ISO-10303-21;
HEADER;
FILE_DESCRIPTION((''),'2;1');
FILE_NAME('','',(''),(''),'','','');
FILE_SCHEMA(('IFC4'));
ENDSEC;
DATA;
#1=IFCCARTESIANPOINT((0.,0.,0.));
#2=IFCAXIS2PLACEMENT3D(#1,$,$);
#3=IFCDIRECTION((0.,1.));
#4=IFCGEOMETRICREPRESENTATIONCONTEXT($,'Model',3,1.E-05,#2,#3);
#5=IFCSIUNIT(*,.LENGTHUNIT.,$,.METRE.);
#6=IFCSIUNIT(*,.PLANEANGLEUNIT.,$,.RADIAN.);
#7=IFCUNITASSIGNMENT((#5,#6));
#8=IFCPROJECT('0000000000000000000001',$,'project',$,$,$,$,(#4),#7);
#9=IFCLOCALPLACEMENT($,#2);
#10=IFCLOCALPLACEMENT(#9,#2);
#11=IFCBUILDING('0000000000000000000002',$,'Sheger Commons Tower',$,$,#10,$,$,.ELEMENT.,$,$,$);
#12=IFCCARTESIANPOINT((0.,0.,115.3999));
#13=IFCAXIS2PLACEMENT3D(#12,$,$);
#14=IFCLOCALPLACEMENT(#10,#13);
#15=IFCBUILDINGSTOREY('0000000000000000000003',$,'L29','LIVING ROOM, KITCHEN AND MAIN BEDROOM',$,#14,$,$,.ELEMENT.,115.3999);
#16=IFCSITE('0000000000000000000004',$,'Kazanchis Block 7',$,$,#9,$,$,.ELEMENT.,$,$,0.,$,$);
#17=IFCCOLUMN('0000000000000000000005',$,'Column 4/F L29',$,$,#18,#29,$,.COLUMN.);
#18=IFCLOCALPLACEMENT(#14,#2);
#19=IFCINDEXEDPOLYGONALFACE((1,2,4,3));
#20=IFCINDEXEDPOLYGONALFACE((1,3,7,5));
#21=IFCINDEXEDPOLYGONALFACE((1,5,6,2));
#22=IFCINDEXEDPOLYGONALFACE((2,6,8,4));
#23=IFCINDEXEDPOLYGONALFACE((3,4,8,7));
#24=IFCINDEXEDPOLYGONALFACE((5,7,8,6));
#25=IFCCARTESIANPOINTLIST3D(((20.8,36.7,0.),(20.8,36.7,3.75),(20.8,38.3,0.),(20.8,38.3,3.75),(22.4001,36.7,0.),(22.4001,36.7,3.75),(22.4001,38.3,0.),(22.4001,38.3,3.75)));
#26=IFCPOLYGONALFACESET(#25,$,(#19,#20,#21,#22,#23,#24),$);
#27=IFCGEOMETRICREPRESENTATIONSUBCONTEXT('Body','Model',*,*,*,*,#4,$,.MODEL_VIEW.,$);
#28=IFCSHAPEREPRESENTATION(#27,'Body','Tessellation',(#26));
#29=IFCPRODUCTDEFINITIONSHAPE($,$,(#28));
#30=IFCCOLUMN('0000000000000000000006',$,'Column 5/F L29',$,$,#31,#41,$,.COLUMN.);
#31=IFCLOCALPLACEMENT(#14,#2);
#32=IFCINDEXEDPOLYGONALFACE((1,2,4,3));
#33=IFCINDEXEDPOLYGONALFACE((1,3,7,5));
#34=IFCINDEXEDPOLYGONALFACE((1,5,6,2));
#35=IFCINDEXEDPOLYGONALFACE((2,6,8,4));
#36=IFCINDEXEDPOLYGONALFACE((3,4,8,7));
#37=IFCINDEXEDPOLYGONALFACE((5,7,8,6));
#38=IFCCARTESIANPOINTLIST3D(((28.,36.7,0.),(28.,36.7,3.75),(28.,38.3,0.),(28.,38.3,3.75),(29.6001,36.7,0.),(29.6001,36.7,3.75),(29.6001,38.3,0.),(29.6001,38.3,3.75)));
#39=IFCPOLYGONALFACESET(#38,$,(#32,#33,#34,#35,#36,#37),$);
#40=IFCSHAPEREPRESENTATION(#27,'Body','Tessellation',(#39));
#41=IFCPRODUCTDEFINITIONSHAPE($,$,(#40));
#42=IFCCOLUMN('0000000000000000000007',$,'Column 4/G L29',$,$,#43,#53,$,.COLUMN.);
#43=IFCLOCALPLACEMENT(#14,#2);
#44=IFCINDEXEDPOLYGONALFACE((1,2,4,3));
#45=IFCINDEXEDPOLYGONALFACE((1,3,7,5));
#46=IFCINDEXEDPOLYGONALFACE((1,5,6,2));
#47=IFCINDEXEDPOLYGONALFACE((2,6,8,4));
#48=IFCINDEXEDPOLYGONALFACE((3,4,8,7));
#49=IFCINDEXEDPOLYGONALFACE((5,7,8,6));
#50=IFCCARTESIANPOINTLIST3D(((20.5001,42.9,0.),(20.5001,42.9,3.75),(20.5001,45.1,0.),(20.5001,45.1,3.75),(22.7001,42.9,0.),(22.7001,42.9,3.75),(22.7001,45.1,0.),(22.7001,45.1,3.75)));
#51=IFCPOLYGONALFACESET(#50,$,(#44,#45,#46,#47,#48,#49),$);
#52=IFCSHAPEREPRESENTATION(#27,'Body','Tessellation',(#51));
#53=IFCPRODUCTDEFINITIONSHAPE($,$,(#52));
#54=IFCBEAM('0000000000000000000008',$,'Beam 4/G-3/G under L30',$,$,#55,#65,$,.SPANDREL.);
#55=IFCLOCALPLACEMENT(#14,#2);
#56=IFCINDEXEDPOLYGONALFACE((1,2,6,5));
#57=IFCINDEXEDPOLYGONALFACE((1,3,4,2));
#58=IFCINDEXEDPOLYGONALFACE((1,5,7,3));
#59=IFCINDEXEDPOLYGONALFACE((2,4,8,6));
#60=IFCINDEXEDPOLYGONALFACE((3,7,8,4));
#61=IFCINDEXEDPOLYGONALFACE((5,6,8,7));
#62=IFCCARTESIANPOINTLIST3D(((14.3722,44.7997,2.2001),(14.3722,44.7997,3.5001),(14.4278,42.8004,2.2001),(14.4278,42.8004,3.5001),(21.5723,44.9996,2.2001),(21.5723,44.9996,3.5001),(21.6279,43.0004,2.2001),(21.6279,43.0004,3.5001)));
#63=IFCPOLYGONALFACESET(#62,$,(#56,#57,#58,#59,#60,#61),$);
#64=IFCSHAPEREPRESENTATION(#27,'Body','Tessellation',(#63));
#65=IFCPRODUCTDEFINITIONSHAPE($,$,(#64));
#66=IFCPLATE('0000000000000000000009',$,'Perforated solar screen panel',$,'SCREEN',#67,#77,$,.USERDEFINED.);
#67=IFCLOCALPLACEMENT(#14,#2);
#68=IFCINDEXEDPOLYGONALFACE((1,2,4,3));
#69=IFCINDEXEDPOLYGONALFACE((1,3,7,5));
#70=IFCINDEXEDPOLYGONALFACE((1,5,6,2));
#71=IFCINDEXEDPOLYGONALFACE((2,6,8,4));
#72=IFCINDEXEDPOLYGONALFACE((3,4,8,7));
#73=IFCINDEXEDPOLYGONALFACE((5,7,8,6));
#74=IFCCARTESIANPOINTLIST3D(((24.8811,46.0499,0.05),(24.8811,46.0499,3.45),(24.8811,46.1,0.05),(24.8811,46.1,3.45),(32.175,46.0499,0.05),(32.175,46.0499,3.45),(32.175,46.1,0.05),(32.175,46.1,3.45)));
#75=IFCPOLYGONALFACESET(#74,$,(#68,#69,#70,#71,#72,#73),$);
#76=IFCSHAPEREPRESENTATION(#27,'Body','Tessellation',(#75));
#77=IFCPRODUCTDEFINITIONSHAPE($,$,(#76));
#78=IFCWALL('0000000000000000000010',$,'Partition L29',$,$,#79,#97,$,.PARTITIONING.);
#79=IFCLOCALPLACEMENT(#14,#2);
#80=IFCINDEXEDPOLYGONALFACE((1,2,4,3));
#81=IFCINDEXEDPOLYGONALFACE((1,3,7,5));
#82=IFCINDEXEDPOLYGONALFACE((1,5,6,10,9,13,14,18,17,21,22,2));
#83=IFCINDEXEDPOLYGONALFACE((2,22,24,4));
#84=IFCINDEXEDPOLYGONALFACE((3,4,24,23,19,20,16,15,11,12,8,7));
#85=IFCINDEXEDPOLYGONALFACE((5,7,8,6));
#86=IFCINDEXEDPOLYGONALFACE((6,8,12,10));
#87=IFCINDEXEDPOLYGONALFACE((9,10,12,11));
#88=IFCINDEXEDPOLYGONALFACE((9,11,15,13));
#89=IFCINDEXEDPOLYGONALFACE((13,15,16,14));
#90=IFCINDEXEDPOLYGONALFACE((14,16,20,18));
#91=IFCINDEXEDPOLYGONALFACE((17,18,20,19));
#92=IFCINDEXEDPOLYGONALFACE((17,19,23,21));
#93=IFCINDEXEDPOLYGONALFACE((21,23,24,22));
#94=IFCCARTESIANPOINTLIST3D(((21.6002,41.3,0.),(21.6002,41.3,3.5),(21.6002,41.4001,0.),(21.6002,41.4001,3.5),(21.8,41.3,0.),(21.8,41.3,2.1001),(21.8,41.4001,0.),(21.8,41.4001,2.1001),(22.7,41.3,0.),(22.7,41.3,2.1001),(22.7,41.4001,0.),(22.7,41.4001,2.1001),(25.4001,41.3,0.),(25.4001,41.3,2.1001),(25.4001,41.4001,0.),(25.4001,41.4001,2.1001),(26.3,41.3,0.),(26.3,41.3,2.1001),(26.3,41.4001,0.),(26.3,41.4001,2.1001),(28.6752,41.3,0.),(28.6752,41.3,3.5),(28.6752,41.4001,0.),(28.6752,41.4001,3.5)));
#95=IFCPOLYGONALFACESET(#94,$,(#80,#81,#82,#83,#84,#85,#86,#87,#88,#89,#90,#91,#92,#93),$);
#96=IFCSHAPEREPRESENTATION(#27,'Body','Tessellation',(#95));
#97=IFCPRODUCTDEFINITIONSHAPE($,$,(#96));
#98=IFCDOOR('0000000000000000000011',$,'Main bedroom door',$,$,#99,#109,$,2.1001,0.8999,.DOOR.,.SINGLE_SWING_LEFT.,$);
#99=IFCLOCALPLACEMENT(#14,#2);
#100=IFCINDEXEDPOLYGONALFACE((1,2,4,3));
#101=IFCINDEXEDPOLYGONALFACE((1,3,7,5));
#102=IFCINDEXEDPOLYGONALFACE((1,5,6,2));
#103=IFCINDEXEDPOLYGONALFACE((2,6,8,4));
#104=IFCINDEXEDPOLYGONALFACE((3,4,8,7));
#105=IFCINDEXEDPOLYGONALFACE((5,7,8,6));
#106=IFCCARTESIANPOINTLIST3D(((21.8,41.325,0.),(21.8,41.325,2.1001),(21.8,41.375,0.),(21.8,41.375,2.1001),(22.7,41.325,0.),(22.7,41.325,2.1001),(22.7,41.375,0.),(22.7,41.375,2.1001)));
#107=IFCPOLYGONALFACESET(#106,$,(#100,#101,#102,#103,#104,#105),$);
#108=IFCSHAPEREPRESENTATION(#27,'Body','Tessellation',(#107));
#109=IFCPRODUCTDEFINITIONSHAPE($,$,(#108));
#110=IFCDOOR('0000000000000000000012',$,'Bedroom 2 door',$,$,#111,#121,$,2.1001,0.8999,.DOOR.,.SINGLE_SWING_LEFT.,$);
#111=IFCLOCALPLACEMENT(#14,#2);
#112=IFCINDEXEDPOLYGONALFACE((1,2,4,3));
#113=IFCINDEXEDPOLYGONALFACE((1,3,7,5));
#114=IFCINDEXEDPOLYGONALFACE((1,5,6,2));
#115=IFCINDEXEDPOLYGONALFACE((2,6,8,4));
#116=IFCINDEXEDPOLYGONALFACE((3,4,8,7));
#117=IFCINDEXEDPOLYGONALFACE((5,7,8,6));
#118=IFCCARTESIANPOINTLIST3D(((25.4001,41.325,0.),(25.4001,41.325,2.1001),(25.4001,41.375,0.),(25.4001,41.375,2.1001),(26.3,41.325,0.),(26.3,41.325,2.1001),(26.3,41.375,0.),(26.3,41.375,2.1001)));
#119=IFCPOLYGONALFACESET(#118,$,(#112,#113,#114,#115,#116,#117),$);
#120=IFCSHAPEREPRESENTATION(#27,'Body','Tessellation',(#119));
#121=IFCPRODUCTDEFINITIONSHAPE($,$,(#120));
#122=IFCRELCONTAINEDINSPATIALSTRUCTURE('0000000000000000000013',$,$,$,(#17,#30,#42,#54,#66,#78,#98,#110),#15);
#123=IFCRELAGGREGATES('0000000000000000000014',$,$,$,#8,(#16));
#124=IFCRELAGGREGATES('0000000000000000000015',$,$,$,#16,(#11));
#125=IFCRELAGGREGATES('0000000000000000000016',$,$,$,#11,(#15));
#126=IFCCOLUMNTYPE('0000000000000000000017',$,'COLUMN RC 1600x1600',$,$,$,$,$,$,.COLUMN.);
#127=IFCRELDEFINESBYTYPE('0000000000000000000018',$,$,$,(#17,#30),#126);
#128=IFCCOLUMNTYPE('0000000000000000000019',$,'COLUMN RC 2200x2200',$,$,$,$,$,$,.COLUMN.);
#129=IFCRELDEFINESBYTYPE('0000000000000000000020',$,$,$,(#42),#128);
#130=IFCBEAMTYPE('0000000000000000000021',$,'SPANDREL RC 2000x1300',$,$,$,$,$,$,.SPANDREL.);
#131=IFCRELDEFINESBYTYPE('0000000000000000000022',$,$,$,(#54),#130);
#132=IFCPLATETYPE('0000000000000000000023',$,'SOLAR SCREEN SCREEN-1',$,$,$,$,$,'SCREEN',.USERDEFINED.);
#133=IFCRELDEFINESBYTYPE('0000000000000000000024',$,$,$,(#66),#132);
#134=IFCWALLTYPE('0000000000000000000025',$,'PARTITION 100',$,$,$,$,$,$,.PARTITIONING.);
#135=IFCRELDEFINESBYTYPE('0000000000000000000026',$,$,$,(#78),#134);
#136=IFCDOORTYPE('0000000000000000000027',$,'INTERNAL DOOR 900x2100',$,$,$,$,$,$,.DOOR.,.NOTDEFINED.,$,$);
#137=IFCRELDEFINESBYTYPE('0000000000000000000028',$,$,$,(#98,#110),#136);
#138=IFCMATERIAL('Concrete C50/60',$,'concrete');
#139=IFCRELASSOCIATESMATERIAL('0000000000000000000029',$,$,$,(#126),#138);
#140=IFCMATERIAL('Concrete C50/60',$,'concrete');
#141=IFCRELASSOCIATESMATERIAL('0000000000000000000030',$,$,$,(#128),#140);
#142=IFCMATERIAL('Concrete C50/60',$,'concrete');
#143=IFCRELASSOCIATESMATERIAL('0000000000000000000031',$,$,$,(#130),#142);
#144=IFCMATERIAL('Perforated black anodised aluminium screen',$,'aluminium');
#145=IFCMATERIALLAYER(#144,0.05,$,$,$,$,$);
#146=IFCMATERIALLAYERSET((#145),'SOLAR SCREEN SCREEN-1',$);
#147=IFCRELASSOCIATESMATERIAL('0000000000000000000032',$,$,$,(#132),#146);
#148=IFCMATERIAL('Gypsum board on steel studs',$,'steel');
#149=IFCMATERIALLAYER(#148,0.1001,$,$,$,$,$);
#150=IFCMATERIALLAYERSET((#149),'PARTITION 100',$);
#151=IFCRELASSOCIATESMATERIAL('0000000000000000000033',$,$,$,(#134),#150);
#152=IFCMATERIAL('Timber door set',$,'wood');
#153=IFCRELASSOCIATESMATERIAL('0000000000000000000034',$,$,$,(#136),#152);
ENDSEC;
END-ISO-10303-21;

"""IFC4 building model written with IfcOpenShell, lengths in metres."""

from ifc_helpers import new_model, si_unit, direction, frame, frame_2d, origin, origin_2d, place, context, subcontext, project, spatial, rectangle, extrude, material, layer, layer_set, material_profile, profile_set, type_object, element, fill, save


model = new_model("IFC4")

# Units and contexts
model_context = context("Model", 3, precision=1e-05, world=origin(), true_north=direction((0.0, 1.0)))
body_context = subcontext(model_context, "Body", "Model", "MODEL_VIEW")
ifc_project = project(units=[si_unit("LENGTHUNIT", "METRE"), si_unit("PLANEANGLEUNIT", "RADIAN")], contexts=[model_context])

# Site, building, storey
site_placement = place(None, origin())
site = spatial("IfcSite", under=ifc_project, at=site_placement, Name="Kazanchis Block 7", CompositionType="ELEMENT", RefElevation=0.0)
building_placement = place(site_placement, origin())
building = spatial("IfcBuilding", under=site, at=building_placement, Name="Sheger Commons Tower", CompositionType="ELEMENT")
storey_placement = place(building_placement, frame((0.0, 0.0, 115.3999)))
storey = spatial("IfcBuildingStorey", under=building, at=storey_placement, Name="L29", Description="LIVING ROOM, KITCHEN AND MAIN BEDROOM", CompositionType="ELEMENT", Elevation=115.3999)

# Columns
ifc_material_1 = material(Name="Concrete C50/60", Category="concrete")
ifc_material_profile_1 = material_profile(ifc_material_1, rectangle(XDim=1.6001, YDim=1.6001, at=origin_2d()), Name="RC 1600x1600")
ifc_profile_set_1 = profile_set([ifc_material_profile_1], Name="Concrete C50/60")
column_type_1 = type_object("IfcColumnType", Name="COLUMN RC 1600x1600", PredefinedType="COLUMN", material=ifc_profile_set_1)
for number, where, z_axis, x_axis, name in (
    (1, (21.6001, 37.5, 0.0), (0.0, 0.0, 1.0), (1.0, 0.0, 0.0), "Column 4/F L29"),
    (2, (28.8, 37.5, 0.0), (0.0, 0.0, 1.0), (1.0, 0.0, 0.0), "Column 5/F L29"),
):
    element("IfcColumn", number, at=place(storey_placement, frame(where, z_axis=z_axis, x_axis=x_axis)), inside=storey, type_object=column_type_1, Name=name, PredefinedType="COLUMN", context=body_context, shape_type="SweptSolid", body=[
        extrude(rectangle(XDim=1.6001, YDim=1.6001, at=origin_2d()), origin(), (0.0, 0.0, 1.0), 3.75),
    ])
ifc_material_2 = material(Name="Concrete C50/60", Category="concrete")
ifc_material_profile_2 = material_profile(ifc_material_2, rectangle(XDim=2.2, YDim=2.2, at=origin_2d()), Name="RC 2200x2200")
ifc_profile_set_2 = profile_set([ifc_material_profile_2], Name="Concrete C50/60")
column_type_2 = type_object("IfcColumnType", Name="COLUMN RC 2200x2200", PredefinedType="COLUMN", material=ifc_profile_set_2)
column_placement = place(storey_placement, frame((21.6001, 44.0, 0.0), z_axis=(0.0, 0.0, 1.0), x_axis=(1.0, 0.0, 0.0)))
element("IfcColumn", 3, at=column_placement, inside=storey, type_object=column_type_2, Name="Column 4/G L29", PredefinedType="COLUMN", context=body_context, shape_type="SweptSolid", body=[
    extrude(rectangle(XDim=2.2, YDim=2.2, at=origin_2d()), origin(), (0.0, 0.0, 1.0), 3.75),
])

# Beam
ifc_material_3 = material(Name="Concrete C50/60", Category="concrete")
ifc_material_profile_3 = material_profile(ifc_material_3, rectangle(XDim=2.0, YDim=1.3, at=origin_2d()), Name="RC 2000x1300")
ifc_profile_set_3 = profile_set([ifc_material_profile_3], Name="Concrete C50/60")
beam_type = type_object("IfcBeamType", Name="SPANDREL RC 2000x1300", PredefinedType="SPANDREL", material=ifc_profile_set_3)
beam_placement = place(storey_placement, frame((21.6001, 44.0, 2.8501), z_axis=(-0.999615, -0.02776, 0.0), x_axis=(0.02776, -0.999615, 0.0)))
element("IfcBeam", 4, at=beam_placement, inside=storey, type_object=beam_type, Name="Beam 4/G-3/G under L30", PredefinedType="SPANDREL", context=body_context, shape_type="SweptSolid", body=[
    extrude(rectangle(XDim=2.0, YDim=1.3, at=origin_2d()), origin(), (0.0, 0.0, 1.0), 7.2029),
])

# Plate
ifc_material_4 = material(Name="Perforated black anodised aluminium screen", Category="aluminium")
ifc_layer_1 = layer(ifc_material_4, 0.05)
ifc_layer_set_1 = layer_set([ifc_layer_1], Name="SOLAR SCREEN SCREEN-1")
plate_type = type_object("IfcPlateType", Name="SOLAR SCREEN SCREEN-1", ElementType="SCREEN", PredefinedType="USERDEFINED", material=ifc_layer_set_1)
plate_placement = place(storey_placement, frame((28.5281, 46.075, 0.05), z_axis=(0.0, 0.0, 1.0), x_axis=(-1.0, 0.0, 0.0)))
element("IfcPlate", 5, at=plate_placement, inside=storey, type_object=plate_type, Name="Perforated solar screen panel", ObjectType="SCREEN", PredefinedType="USERDEFINED", context=body_context, shape_type="SweptSolid", body=[
    extrude(rectangle(XDim=7.2939, YDim=0.05, at=origin_2d()), origin(), (0.0, 0.0, 1.0), 3.3999),
])

# Wall, openings, doors
ifc_material_5 = material(Name="Gypsum board on steel studs", Category="steel")
ifc_layer_2 = layer(ifc_material_5, 0.1001)
ifc_layer_set_2 = layer_set([ifc_layer_2], Name="PARTITION 100")
wall_type = type_object("IfcWallType", Name="PARTITION 100", PredefinedType="PARTITIONING", material=ifc_layer_set_2)
wall_1_placement = place(storey_placement, frame((21.6001, 41.3501, 0.0), z_axis=(0.0, 0.0, 1.0), x_axis=(1.0, 0.0, 0.0)))
wall_1 = element("IfcWall", 6, at=wall_1_placement, inside=storey, type_object=wall_type, Name="Partition L29", PredefinedType="PARTITIONING", context=body_context, shape_type="SweptSolid", body=[
    extrude(rectangle(XDim=7.075, YDim=0.1001, at=frame_2d((3.5376, 0.0))), origin(), (0.0, 0.0, 1.0), 3.5),
])
opening_1_placement = place(wall_1_placement, frame((0.2, 0.0, 0.0)))
opening_1 = element("IfcOpeningElement", 7, at=opening_1_placement, cuts=wall_1, PredefinedType="OPENING", context=body_context, shape_type="SweptSolid", body=[
    extrude(rectangle(XDim=0.8999, YDim=2.1001, at=frame_2d((0.45, 1.05))), frame((0.0, 0.0601, 0.0), z_axis=(0.0, -1.0, 0.0), x_axis=(1.0, 0.0, 0.0)), (0.0, 0.0, 1.0), 0.1201),
])
opening_2_placement = place(wall_1_placement, frame((3.8, 0.0, 0.0)))
opening_2 = element("IfcOpeningElement", 8, at=opening_2_placement, cuts=wall_1, PredefinedType="OPENING", context=body_context, shape_type="SweptSolid", body=[
    extrude(rectangle(XDim=0.8999, YDim=2.1001, at=frame_2d((0.45, 1.05))), frame((0.0, 0.0601, 0.0), z_axis=(0.0, -1.0, 0.0), x_axis=(1.0, 0.0, 0.0)), (0.0, 0.0, 1.0), 0.1201),
])
ifc_material_6 = material(Name="Timber door set", Category="wood")
door_type = type_object("IfcDoorType", Name="INTERNAL DOOR 900x2100", OperationType="NOTDEFINED", PredefinedType="DOOR", material=ifc_material_6)
door_1_placement = place(opening_1_placement, origin())
door_1 = element("IfcDoor", 9, at=door_1_placement, inside=storey, type_object=door_type, Name="Main bedroom door", OperationType="SINGLE_SWING_LEFT", OverallHeight=2.1001, OverallWidth=0.8999, PredefinedType="DOOR", context=body_context, shape_type="SweptSolid", body=[
    extrude(rectangle(XDim=0.8999, YDim=2.1001, at=frame_2d((0.45, 1.05))), frame((0.0, 0.0249, 0.0), z_axis=(0.0, -1.0, 0.0), x_axis=(1.0, 0.0, 0.0)), (0.0, 0.0, 1.0), 0.05),
])
fill(opening_1, door_1)
door_2_placement = place(opening_2_placement, origin())
door_2 = element("IfcDoor", 10, at=door_2_placement, inside=storey, type_object=door_type, Name="Bedroom 2 door", OperationType="SINGLE_SWING_LEFT", OverallHeight=2.1001, OverallWidth=0.8999, PredefinedType="DOOR", context=body_context, shape_type="SweptSolid", body=[
    extrude(rectangle(XDim=0.8999, YDim=2.1001, at=frame_2d((0.45, 1.05))), frame((0.0, 0.0249, 0.0), z_axis=(0.0, -1.0, 0.0), x_axis=(1.0, 0.0, 0.0)), (0.0, 0.0, 1.0), 0.05),
])
fill(opening_2, door_2)

save(model, "model.ifc")
